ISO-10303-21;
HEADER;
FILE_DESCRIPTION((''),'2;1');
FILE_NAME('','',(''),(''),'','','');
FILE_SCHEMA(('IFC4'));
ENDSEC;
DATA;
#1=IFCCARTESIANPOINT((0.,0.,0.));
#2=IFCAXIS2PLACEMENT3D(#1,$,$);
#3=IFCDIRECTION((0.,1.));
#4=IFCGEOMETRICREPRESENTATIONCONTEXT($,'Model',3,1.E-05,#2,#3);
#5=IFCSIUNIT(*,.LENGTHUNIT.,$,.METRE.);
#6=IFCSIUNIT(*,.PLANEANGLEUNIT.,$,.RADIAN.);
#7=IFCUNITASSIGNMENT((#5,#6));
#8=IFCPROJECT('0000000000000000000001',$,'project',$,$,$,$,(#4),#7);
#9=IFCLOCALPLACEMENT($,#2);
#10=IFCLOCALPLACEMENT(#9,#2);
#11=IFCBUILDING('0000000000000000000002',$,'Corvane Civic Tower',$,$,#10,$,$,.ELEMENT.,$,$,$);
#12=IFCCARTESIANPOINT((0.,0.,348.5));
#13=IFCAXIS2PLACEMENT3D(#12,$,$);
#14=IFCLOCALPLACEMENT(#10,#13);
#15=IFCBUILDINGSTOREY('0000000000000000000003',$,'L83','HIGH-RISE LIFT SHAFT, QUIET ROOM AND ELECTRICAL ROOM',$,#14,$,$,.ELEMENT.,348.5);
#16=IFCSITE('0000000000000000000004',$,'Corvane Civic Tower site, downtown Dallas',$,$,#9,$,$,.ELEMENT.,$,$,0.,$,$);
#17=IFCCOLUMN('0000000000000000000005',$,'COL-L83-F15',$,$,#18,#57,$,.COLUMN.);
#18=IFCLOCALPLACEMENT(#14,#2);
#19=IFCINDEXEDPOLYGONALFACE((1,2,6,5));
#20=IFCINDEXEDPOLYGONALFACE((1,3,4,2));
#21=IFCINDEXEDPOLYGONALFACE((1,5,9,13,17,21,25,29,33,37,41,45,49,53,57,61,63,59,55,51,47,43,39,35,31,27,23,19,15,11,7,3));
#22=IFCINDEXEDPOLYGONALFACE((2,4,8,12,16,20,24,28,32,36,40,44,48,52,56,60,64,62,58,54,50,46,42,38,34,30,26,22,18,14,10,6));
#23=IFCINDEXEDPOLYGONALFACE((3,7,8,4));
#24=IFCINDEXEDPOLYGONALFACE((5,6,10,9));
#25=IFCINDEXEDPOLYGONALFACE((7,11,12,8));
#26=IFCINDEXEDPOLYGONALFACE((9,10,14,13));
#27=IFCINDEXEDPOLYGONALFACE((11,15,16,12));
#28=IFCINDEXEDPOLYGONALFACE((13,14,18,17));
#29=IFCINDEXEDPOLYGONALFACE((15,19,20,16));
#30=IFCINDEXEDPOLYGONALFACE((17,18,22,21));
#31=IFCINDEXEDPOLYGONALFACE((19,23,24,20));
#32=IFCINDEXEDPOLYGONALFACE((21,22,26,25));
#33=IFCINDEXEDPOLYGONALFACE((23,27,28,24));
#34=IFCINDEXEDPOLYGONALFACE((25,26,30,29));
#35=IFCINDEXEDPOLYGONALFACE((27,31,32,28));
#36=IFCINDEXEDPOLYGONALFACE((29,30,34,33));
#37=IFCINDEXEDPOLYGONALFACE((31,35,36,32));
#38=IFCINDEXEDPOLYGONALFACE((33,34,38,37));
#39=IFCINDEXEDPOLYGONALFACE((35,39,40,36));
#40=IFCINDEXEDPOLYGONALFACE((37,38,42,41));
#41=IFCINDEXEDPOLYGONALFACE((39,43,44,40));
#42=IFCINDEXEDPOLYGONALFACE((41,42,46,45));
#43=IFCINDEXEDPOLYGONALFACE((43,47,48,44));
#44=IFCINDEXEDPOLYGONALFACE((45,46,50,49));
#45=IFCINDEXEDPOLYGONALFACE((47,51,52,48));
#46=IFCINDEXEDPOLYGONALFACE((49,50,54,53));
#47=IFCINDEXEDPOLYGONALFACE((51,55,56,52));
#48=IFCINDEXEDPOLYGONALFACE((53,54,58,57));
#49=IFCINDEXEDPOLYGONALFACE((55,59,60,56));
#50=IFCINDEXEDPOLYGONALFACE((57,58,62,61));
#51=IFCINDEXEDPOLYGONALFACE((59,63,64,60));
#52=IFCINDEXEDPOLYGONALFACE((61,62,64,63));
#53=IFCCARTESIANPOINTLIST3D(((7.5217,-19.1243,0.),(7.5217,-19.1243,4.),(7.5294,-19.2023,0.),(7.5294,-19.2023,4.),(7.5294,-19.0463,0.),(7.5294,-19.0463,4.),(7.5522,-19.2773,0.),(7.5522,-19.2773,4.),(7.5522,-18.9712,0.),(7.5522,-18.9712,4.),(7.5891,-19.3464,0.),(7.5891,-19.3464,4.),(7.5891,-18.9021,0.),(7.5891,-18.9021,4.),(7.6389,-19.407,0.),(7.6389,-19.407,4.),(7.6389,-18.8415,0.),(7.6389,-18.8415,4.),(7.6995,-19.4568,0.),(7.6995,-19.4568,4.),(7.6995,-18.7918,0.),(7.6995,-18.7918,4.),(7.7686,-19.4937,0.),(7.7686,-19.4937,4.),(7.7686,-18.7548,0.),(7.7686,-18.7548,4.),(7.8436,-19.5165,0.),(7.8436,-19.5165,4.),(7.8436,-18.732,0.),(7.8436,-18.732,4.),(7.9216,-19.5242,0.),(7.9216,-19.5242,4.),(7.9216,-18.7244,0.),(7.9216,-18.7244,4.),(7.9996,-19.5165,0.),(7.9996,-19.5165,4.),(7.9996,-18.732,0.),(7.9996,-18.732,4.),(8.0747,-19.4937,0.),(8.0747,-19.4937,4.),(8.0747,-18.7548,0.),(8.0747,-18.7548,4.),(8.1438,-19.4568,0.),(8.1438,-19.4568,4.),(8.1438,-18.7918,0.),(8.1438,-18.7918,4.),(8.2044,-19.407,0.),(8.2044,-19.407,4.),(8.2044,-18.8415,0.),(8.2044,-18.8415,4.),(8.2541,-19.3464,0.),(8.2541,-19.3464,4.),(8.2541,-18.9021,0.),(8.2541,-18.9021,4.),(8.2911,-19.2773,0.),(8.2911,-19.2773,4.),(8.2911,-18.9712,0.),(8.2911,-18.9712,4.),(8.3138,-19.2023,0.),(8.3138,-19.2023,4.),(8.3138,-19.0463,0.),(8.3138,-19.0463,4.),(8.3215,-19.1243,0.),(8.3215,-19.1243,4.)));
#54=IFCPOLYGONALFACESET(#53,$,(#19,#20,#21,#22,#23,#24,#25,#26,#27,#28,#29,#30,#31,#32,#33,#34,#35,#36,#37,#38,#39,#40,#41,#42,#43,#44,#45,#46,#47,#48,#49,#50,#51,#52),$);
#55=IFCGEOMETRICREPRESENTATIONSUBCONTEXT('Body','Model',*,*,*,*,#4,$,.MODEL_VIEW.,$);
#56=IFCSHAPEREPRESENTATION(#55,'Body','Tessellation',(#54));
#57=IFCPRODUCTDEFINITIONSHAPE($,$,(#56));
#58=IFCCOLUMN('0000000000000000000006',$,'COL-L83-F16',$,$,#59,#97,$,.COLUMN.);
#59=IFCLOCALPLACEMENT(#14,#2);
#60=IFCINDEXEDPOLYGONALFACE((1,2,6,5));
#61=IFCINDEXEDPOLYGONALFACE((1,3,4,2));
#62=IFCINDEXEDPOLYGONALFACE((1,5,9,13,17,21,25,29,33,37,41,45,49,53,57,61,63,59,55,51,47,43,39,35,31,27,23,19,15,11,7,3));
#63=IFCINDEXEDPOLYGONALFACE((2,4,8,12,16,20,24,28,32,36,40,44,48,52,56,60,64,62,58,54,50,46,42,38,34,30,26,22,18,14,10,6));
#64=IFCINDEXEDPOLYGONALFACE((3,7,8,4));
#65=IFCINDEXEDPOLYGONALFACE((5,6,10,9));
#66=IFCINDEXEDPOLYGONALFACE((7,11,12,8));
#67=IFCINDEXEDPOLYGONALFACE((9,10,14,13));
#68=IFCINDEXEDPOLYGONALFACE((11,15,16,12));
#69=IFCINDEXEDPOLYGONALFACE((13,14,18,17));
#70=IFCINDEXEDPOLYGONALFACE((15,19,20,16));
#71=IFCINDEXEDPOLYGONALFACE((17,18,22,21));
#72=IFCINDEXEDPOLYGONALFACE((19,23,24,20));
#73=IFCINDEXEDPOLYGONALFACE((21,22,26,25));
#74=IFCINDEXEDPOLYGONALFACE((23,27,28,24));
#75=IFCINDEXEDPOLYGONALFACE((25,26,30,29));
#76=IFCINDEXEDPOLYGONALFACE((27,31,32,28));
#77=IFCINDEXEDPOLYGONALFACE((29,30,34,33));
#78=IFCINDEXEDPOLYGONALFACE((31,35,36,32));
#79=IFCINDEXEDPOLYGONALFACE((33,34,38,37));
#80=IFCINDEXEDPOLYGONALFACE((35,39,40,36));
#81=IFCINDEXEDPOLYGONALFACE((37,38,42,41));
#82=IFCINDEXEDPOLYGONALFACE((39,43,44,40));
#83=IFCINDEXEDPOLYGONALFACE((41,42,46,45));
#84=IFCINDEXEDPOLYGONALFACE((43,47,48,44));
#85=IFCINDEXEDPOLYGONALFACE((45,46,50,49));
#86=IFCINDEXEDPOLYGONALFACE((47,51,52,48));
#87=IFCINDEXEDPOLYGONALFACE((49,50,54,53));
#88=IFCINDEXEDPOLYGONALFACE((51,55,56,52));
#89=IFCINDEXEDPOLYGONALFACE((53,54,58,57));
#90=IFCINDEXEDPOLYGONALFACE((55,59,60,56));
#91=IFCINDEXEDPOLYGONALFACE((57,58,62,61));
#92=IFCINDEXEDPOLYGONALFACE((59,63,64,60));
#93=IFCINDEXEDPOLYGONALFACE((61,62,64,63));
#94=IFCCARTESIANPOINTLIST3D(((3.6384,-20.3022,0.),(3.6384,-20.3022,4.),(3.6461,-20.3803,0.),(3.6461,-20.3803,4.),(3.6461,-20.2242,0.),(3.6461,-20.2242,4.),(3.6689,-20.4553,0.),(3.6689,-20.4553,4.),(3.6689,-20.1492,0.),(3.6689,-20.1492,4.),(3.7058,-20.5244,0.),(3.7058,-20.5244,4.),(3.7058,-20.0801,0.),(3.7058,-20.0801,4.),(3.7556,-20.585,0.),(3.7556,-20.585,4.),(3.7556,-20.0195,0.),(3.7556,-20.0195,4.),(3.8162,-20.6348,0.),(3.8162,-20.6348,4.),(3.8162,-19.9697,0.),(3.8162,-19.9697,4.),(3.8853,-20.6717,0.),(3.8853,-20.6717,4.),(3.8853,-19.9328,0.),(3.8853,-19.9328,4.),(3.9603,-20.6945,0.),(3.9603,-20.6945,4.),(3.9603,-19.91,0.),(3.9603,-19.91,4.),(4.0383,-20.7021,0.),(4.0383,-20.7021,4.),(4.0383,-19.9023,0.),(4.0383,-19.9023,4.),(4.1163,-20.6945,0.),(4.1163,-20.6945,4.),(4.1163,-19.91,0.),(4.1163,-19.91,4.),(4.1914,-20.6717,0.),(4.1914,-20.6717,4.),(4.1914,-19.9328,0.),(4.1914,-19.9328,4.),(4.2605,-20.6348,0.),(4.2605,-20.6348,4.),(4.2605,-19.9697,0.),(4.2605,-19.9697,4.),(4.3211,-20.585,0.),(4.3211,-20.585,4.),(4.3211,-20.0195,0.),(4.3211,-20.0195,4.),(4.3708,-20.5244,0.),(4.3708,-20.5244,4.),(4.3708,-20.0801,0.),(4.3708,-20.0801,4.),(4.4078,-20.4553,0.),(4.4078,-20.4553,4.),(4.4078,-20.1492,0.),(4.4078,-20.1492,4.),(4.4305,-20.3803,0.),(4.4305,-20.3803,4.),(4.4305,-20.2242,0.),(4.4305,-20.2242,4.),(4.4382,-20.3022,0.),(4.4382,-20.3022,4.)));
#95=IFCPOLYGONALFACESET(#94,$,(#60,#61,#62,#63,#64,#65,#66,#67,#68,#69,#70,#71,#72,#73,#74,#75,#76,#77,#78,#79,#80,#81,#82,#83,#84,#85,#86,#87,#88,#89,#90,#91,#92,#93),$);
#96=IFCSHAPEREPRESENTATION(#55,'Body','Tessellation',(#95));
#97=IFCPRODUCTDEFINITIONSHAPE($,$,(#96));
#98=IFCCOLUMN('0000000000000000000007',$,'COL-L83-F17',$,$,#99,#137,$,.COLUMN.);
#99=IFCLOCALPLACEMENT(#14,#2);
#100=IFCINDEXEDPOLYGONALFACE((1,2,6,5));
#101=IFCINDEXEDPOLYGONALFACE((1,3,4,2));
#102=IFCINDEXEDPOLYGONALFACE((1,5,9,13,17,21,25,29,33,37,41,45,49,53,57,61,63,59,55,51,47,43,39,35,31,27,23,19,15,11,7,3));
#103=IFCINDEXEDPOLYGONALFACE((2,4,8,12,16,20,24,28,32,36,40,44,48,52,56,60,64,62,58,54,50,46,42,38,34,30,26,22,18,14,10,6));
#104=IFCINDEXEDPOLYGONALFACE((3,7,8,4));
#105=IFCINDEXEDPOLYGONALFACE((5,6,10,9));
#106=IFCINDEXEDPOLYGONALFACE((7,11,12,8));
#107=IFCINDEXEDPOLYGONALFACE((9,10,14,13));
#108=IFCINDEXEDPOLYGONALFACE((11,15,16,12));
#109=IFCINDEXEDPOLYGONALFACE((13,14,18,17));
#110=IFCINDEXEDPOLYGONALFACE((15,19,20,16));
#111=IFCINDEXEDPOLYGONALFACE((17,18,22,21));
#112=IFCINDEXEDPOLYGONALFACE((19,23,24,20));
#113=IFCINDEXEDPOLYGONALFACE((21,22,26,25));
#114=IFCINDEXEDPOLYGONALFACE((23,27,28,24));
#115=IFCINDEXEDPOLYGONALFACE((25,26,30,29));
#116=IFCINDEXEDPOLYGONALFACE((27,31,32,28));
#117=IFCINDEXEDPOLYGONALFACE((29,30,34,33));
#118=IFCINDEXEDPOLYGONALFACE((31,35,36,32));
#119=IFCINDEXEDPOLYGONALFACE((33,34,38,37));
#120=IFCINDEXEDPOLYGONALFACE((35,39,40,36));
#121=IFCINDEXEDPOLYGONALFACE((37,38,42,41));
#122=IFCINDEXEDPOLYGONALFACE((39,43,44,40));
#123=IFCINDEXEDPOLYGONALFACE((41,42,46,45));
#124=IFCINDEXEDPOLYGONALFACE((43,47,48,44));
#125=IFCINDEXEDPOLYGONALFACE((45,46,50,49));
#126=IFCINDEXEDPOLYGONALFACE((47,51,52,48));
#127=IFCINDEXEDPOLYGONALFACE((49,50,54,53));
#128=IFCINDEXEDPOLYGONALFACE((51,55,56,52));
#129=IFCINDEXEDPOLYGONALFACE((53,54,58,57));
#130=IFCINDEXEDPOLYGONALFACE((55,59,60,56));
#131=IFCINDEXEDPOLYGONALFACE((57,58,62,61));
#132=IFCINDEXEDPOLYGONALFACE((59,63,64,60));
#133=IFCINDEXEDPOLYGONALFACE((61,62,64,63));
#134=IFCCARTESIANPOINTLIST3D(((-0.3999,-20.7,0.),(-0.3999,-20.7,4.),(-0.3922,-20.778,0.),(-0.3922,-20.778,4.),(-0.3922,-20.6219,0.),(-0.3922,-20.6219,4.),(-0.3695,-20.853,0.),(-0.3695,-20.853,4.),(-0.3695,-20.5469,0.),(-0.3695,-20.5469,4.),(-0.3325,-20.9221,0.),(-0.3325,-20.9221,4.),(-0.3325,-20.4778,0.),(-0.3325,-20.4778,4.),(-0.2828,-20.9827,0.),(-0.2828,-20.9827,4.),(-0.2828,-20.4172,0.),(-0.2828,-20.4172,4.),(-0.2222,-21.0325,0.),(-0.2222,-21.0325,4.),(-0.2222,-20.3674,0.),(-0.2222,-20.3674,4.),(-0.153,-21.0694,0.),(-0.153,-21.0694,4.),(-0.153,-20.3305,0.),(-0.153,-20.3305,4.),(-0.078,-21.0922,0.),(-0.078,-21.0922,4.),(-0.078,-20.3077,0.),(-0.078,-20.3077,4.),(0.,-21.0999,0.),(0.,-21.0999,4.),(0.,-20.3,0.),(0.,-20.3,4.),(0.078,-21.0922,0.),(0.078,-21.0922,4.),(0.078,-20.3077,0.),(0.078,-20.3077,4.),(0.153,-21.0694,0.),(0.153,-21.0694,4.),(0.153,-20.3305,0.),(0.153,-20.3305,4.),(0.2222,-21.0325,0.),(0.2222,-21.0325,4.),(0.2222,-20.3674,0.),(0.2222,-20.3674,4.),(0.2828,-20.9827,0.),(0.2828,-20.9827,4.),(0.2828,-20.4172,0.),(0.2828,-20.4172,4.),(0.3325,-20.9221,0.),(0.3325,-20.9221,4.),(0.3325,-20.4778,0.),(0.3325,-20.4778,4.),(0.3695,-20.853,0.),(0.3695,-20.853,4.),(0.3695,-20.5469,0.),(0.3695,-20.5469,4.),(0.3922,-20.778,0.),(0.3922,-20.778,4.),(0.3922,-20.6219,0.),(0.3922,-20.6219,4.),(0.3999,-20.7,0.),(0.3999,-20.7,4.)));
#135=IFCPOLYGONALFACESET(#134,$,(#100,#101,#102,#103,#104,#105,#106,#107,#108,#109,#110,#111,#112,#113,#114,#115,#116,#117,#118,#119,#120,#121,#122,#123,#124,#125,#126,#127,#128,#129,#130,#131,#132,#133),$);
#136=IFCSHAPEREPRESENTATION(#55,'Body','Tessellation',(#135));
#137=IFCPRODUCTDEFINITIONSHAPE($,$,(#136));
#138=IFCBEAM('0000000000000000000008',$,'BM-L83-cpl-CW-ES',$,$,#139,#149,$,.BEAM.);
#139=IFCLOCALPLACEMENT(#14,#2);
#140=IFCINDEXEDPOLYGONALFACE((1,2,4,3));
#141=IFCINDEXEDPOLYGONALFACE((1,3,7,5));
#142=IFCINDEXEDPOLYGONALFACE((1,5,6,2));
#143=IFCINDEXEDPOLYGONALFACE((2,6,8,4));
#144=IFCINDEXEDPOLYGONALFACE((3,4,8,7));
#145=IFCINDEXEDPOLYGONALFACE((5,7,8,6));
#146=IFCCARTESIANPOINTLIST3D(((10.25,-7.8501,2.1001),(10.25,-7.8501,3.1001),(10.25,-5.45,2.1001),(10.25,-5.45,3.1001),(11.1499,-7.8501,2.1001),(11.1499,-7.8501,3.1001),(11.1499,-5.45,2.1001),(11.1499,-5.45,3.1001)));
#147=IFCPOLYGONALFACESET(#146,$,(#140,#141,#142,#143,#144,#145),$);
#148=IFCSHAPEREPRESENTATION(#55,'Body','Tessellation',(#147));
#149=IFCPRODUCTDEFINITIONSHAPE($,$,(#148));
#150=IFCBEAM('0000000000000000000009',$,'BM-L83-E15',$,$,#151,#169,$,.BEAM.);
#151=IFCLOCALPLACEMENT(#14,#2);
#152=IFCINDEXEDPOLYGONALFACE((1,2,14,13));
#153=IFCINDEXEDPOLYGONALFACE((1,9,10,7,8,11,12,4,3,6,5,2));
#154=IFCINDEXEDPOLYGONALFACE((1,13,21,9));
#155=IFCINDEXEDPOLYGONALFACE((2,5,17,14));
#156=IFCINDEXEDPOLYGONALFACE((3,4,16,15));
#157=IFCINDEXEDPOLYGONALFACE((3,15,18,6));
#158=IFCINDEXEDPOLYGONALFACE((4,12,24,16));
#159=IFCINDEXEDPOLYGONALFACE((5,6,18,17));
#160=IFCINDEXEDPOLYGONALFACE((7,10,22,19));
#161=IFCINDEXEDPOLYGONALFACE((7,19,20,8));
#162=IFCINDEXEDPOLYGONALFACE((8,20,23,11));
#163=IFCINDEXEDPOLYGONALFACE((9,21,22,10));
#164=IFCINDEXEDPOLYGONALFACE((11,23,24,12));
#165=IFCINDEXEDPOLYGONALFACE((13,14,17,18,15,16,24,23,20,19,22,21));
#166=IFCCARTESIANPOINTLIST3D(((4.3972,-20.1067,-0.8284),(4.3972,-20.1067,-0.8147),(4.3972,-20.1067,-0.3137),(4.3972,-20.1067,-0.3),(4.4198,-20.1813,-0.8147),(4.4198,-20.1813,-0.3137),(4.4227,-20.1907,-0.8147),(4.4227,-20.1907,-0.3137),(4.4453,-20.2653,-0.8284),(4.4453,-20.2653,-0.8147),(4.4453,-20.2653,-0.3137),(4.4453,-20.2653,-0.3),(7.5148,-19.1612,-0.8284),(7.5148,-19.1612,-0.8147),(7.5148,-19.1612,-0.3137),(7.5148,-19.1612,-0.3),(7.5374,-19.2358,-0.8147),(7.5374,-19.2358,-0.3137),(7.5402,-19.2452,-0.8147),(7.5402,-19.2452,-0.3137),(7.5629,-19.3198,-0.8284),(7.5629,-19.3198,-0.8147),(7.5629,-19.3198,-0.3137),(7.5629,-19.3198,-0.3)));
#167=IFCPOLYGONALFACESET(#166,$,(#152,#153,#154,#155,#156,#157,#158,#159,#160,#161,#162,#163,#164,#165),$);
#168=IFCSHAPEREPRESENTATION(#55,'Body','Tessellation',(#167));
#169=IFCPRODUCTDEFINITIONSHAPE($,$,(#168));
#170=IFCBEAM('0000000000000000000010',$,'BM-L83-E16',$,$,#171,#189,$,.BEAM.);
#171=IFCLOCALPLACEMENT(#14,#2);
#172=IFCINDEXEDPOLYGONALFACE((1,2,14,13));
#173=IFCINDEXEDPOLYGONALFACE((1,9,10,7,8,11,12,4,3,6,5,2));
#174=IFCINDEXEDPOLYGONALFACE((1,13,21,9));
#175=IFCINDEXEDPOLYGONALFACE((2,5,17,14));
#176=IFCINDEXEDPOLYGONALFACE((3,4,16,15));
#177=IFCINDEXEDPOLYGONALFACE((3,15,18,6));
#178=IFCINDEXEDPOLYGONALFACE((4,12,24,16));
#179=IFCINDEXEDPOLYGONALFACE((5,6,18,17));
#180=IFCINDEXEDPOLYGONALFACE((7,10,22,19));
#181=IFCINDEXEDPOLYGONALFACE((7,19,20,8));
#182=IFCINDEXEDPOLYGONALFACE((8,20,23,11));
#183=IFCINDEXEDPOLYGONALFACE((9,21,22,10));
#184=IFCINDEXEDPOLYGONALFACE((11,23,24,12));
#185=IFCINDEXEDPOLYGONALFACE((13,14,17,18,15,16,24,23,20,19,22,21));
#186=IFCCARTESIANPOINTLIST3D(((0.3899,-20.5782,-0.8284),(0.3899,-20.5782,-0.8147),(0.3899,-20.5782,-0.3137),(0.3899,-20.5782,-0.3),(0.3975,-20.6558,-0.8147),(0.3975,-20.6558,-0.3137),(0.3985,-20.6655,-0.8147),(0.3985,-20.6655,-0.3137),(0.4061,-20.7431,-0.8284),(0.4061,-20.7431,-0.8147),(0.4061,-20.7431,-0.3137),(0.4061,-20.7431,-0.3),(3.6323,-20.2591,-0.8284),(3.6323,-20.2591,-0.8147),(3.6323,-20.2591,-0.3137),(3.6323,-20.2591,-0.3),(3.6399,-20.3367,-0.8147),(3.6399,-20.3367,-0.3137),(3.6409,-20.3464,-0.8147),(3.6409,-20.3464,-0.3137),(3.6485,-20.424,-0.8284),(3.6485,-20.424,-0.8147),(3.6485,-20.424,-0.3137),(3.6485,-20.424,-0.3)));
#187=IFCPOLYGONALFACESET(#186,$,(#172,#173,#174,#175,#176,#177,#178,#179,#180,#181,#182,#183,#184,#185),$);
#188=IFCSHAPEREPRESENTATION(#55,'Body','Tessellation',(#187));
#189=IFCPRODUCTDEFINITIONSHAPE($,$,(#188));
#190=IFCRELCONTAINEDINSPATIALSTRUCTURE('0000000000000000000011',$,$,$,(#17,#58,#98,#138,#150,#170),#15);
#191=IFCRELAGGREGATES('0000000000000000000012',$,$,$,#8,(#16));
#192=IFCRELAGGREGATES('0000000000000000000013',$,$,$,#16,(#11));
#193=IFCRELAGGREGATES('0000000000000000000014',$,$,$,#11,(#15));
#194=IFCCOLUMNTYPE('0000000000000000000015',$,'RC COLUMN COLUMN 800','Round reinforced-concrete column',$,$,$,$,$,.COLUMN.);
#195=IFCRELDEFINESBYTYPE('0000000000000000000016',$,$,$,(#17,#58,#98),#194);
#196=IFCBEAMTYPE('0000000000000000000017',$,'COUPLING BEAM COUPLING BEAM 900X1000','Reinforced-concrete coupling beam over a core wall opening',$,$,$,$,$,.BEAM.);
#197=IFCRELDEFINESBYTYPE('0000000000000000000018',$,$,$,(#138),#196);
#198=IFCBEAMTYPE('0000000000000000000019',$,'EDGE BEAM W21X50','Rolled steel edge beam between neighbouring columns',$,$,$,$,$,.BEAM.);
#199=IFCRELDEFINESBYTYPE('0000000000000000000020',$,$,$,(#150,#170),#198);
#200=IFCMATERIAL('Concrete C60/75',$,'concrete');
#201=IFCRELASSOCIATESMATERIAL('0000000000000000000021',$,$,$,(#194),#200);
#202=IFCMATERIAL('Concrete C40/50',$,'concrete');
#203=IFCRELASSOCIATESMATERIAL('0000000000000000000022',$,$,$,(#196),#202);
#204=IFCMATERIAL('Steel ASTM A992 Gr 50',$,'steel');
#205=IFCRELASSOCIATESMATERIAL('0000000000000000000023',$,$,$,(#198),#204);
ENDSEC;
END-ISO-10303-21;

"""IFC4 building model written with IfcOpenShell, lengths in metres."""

from ifc_helpers import new_model, si_unit, direction, frame, origin, origin_2d, place, context, subcontext, project, spatial, rectangle, circle, i_section, extrude, material, material_profile, profile_set, type_object, element, save


model = new_model("IFC4")

# Units and contexts
model_context = context("Model", 3, precision=1e-05, world=origin(), true_north=direction((0.0, 1.0)))
body_context = subcontext(model_context, "Body", "Model", "MODEL_VIEW")
ifc_project = project(units=[si_unit("LENGTHUNIT", "METRE"), si_unit("PLANEANGLEUNIT", "RADIAN")], contexts=[model_context])

# Site, building, storey
site_placement = place(None, origin())
site = spatial("IfcSite", under=ifc_project, at=site_placement, Name="Corvane Civic Tower site, downtown Dallas", CompositionType="ELEMENT", RefElevation=0.0)
building_placement = place(site_placement, origin())
building = spatial("IfcBuilding", under=site, at=building_placement, Name="Corvane Civic Tower", CompositionType="ELEMENT")
storey_placement = place(building_placement, frame((0.0, 0.0, 348.5)))
storey = spatial("IfcBuildingStorey", under=building, at=storey_placement, Name="L83", Description="HIGH-RISE LIFT SHAFT, QUIET ROOM AND ELECTRICAL ROOM", CompositionType="ELEMENT", Elevation=348.5)

# Columns
ifc_material_1 = material(Name="Concrete C60/75", Category="concrete")
ifc_material_profile_1 = material_profile(ifc_material_1, circle(Radius=0.3999, at=origin_2d()), Name="COLUMN 800")
ifc_profile_set_1 = profile_set([ifc_material_profile_1], Name="Concrete C60/75")
column_type = type_object("IfcColumnType", Name="RC COLUMN COLUMN 800", Description="Round reinforced-concrete column", PredefinedType="COLUMN", material=ifc_profile_set_1)
for number, where, z_axis, x_axis, name in (
    (1, (7.9216, -19.1243, 0.0), (0.0, 0.0, 1.0), (1.0, 0.0, 0.0), "COL-L83-F15"),
    (2, (4.0383, -20.3022, 0.0), (0.0, 0.0, 1.0), (1.0, 0.0, 0.0), "COL-L83-F16"),
    (3, (0.0, -20.7, 0.0), (0.0, 0.0, 1.0), (1.0, 0.0, 0.0), "COL-L83-F17"),
):
    element("IfcColumn", number, at=place(storey_placement, frame(where, z_axis=z_axis, x_axis=x_axis)), inside=storey, type_object=column_type, Name=name, PredefinedType="COLUMN", context=body_context, shape_type="SweptSolid", body=[
        extrude(circle(Radius=0.3999, at=origin_2d()), origin(), (0.0, 0.0, 1.0), 4.0),
    ])

# Beams
ifc_material_2 = material(Name="Concrete C40/50", Category="concrete")
ifc_material_profile_2 = material_profile(ifc_material_2, rectangle(XDim=0.8999, YDim=1.0, at=origin_2d()), Name="COUPLING BEAM 900X1000")
ifc_profile_set_2 = profile_set([ifc_material_profile_2], Name="Concrete C40/50")
beam_type_1 = type_object("IfcBeamType", Name="COUPLING BEAM COUPLING BEAM 900X1000", Description="Reinforced-concrete coupling beam over a core wall opening", PredefinedType="BEAM", material=ifc_profile_set_2)
beam_1_placement = place(storey_placement, frame((10.7, -7.8501, 2.6001), z_axis=(0.0, 1.0, 0.0), x_axis=(-1.0, 0.0, 0.0)))
element("IfcBeam", 4, at=beam_1_placement, inside=storey, type_object=beam_type_1, Name="BM-L83-cpl-CW-ES", PredefinedType="BEAM", context=body_context, shape_type="SweptSolid", body=[
    extrude(rectangle(XDim=0.8999, YDim=1.0, at=origin_2d()), origin(), (0.0, 0.0, 1.0), 2.4001),
])
ifc_material_3 = material(Name="Steel ASTM A992 Gr 50", Category="steel")
ifc_material_profile_3 = material_profile(ifc_material_3, i_section(OverallWidth=0.1658, OverallDepth=0.5283, WebThickness=0.0098, FlangeThickness=0.0137, at=origin_2d()), Name="W21X50")
ifc_profile_set_3 = profile_set([ifc_material_profile_3], Name="Steel ASTM A992 Gr 50")
beam_type_2 = type_object("IfcBeamType", Name="EDGE BEAM W21X50", Description="Rolled steel edge beam between neighbouring columns", PredefinedType="BEAM", material=ifc_profile_set_3)
beam_2_placement = place(storey_placement, frame((7.5388, -19.2405, -0.5642), z_axis=(-0.956956, -0.290234, 0.0), x_axis=(0.290234, -0.956956, 0.0)))
element("IfcBeam", 5, at=beam_2_placement, inside=storey, type_object=beam_type_2, Name="BM-L83-E15", PredefinedType="BEAM", context=body_context, shape_type="SweptSolid", body=[
    extrude(i_section(OverallWidth=0.1658, OverallDepth=0.5283, WebThickness=0.0098, FlangeThickness=0.0137, at=origin_2d()), origin(), (0.0, 0.0, 1.0), 3.2578),
])
for number, where, z_axis, x_axis, name in (
    (6, (3.6404, -20.3416, -0.5642), (-0.995193, -0.097938, 0.0), (0.097938, -0.995193, 0.0), "BM-L83-E16"),
):
    element("IfcBeam", number, at=place(storey_placement, frame(where, z_axis=z_axis, x_axis=x_axis)), inside=storey, type_object=beam_type_2, Name=name, PredefinedType="BEAM", context=body_context, shape_type="SweptSolid", body=[
        extrude(i_section(OverallWidth=0.1658, OverallDepth=0.5283, WebThickness=0.0098, FlangeThickness=0.0137, at=origin_2d()), origin(), (0.0, 0.0, 1.0), 3.2581),
    ])

save(model, "model.ifc")
